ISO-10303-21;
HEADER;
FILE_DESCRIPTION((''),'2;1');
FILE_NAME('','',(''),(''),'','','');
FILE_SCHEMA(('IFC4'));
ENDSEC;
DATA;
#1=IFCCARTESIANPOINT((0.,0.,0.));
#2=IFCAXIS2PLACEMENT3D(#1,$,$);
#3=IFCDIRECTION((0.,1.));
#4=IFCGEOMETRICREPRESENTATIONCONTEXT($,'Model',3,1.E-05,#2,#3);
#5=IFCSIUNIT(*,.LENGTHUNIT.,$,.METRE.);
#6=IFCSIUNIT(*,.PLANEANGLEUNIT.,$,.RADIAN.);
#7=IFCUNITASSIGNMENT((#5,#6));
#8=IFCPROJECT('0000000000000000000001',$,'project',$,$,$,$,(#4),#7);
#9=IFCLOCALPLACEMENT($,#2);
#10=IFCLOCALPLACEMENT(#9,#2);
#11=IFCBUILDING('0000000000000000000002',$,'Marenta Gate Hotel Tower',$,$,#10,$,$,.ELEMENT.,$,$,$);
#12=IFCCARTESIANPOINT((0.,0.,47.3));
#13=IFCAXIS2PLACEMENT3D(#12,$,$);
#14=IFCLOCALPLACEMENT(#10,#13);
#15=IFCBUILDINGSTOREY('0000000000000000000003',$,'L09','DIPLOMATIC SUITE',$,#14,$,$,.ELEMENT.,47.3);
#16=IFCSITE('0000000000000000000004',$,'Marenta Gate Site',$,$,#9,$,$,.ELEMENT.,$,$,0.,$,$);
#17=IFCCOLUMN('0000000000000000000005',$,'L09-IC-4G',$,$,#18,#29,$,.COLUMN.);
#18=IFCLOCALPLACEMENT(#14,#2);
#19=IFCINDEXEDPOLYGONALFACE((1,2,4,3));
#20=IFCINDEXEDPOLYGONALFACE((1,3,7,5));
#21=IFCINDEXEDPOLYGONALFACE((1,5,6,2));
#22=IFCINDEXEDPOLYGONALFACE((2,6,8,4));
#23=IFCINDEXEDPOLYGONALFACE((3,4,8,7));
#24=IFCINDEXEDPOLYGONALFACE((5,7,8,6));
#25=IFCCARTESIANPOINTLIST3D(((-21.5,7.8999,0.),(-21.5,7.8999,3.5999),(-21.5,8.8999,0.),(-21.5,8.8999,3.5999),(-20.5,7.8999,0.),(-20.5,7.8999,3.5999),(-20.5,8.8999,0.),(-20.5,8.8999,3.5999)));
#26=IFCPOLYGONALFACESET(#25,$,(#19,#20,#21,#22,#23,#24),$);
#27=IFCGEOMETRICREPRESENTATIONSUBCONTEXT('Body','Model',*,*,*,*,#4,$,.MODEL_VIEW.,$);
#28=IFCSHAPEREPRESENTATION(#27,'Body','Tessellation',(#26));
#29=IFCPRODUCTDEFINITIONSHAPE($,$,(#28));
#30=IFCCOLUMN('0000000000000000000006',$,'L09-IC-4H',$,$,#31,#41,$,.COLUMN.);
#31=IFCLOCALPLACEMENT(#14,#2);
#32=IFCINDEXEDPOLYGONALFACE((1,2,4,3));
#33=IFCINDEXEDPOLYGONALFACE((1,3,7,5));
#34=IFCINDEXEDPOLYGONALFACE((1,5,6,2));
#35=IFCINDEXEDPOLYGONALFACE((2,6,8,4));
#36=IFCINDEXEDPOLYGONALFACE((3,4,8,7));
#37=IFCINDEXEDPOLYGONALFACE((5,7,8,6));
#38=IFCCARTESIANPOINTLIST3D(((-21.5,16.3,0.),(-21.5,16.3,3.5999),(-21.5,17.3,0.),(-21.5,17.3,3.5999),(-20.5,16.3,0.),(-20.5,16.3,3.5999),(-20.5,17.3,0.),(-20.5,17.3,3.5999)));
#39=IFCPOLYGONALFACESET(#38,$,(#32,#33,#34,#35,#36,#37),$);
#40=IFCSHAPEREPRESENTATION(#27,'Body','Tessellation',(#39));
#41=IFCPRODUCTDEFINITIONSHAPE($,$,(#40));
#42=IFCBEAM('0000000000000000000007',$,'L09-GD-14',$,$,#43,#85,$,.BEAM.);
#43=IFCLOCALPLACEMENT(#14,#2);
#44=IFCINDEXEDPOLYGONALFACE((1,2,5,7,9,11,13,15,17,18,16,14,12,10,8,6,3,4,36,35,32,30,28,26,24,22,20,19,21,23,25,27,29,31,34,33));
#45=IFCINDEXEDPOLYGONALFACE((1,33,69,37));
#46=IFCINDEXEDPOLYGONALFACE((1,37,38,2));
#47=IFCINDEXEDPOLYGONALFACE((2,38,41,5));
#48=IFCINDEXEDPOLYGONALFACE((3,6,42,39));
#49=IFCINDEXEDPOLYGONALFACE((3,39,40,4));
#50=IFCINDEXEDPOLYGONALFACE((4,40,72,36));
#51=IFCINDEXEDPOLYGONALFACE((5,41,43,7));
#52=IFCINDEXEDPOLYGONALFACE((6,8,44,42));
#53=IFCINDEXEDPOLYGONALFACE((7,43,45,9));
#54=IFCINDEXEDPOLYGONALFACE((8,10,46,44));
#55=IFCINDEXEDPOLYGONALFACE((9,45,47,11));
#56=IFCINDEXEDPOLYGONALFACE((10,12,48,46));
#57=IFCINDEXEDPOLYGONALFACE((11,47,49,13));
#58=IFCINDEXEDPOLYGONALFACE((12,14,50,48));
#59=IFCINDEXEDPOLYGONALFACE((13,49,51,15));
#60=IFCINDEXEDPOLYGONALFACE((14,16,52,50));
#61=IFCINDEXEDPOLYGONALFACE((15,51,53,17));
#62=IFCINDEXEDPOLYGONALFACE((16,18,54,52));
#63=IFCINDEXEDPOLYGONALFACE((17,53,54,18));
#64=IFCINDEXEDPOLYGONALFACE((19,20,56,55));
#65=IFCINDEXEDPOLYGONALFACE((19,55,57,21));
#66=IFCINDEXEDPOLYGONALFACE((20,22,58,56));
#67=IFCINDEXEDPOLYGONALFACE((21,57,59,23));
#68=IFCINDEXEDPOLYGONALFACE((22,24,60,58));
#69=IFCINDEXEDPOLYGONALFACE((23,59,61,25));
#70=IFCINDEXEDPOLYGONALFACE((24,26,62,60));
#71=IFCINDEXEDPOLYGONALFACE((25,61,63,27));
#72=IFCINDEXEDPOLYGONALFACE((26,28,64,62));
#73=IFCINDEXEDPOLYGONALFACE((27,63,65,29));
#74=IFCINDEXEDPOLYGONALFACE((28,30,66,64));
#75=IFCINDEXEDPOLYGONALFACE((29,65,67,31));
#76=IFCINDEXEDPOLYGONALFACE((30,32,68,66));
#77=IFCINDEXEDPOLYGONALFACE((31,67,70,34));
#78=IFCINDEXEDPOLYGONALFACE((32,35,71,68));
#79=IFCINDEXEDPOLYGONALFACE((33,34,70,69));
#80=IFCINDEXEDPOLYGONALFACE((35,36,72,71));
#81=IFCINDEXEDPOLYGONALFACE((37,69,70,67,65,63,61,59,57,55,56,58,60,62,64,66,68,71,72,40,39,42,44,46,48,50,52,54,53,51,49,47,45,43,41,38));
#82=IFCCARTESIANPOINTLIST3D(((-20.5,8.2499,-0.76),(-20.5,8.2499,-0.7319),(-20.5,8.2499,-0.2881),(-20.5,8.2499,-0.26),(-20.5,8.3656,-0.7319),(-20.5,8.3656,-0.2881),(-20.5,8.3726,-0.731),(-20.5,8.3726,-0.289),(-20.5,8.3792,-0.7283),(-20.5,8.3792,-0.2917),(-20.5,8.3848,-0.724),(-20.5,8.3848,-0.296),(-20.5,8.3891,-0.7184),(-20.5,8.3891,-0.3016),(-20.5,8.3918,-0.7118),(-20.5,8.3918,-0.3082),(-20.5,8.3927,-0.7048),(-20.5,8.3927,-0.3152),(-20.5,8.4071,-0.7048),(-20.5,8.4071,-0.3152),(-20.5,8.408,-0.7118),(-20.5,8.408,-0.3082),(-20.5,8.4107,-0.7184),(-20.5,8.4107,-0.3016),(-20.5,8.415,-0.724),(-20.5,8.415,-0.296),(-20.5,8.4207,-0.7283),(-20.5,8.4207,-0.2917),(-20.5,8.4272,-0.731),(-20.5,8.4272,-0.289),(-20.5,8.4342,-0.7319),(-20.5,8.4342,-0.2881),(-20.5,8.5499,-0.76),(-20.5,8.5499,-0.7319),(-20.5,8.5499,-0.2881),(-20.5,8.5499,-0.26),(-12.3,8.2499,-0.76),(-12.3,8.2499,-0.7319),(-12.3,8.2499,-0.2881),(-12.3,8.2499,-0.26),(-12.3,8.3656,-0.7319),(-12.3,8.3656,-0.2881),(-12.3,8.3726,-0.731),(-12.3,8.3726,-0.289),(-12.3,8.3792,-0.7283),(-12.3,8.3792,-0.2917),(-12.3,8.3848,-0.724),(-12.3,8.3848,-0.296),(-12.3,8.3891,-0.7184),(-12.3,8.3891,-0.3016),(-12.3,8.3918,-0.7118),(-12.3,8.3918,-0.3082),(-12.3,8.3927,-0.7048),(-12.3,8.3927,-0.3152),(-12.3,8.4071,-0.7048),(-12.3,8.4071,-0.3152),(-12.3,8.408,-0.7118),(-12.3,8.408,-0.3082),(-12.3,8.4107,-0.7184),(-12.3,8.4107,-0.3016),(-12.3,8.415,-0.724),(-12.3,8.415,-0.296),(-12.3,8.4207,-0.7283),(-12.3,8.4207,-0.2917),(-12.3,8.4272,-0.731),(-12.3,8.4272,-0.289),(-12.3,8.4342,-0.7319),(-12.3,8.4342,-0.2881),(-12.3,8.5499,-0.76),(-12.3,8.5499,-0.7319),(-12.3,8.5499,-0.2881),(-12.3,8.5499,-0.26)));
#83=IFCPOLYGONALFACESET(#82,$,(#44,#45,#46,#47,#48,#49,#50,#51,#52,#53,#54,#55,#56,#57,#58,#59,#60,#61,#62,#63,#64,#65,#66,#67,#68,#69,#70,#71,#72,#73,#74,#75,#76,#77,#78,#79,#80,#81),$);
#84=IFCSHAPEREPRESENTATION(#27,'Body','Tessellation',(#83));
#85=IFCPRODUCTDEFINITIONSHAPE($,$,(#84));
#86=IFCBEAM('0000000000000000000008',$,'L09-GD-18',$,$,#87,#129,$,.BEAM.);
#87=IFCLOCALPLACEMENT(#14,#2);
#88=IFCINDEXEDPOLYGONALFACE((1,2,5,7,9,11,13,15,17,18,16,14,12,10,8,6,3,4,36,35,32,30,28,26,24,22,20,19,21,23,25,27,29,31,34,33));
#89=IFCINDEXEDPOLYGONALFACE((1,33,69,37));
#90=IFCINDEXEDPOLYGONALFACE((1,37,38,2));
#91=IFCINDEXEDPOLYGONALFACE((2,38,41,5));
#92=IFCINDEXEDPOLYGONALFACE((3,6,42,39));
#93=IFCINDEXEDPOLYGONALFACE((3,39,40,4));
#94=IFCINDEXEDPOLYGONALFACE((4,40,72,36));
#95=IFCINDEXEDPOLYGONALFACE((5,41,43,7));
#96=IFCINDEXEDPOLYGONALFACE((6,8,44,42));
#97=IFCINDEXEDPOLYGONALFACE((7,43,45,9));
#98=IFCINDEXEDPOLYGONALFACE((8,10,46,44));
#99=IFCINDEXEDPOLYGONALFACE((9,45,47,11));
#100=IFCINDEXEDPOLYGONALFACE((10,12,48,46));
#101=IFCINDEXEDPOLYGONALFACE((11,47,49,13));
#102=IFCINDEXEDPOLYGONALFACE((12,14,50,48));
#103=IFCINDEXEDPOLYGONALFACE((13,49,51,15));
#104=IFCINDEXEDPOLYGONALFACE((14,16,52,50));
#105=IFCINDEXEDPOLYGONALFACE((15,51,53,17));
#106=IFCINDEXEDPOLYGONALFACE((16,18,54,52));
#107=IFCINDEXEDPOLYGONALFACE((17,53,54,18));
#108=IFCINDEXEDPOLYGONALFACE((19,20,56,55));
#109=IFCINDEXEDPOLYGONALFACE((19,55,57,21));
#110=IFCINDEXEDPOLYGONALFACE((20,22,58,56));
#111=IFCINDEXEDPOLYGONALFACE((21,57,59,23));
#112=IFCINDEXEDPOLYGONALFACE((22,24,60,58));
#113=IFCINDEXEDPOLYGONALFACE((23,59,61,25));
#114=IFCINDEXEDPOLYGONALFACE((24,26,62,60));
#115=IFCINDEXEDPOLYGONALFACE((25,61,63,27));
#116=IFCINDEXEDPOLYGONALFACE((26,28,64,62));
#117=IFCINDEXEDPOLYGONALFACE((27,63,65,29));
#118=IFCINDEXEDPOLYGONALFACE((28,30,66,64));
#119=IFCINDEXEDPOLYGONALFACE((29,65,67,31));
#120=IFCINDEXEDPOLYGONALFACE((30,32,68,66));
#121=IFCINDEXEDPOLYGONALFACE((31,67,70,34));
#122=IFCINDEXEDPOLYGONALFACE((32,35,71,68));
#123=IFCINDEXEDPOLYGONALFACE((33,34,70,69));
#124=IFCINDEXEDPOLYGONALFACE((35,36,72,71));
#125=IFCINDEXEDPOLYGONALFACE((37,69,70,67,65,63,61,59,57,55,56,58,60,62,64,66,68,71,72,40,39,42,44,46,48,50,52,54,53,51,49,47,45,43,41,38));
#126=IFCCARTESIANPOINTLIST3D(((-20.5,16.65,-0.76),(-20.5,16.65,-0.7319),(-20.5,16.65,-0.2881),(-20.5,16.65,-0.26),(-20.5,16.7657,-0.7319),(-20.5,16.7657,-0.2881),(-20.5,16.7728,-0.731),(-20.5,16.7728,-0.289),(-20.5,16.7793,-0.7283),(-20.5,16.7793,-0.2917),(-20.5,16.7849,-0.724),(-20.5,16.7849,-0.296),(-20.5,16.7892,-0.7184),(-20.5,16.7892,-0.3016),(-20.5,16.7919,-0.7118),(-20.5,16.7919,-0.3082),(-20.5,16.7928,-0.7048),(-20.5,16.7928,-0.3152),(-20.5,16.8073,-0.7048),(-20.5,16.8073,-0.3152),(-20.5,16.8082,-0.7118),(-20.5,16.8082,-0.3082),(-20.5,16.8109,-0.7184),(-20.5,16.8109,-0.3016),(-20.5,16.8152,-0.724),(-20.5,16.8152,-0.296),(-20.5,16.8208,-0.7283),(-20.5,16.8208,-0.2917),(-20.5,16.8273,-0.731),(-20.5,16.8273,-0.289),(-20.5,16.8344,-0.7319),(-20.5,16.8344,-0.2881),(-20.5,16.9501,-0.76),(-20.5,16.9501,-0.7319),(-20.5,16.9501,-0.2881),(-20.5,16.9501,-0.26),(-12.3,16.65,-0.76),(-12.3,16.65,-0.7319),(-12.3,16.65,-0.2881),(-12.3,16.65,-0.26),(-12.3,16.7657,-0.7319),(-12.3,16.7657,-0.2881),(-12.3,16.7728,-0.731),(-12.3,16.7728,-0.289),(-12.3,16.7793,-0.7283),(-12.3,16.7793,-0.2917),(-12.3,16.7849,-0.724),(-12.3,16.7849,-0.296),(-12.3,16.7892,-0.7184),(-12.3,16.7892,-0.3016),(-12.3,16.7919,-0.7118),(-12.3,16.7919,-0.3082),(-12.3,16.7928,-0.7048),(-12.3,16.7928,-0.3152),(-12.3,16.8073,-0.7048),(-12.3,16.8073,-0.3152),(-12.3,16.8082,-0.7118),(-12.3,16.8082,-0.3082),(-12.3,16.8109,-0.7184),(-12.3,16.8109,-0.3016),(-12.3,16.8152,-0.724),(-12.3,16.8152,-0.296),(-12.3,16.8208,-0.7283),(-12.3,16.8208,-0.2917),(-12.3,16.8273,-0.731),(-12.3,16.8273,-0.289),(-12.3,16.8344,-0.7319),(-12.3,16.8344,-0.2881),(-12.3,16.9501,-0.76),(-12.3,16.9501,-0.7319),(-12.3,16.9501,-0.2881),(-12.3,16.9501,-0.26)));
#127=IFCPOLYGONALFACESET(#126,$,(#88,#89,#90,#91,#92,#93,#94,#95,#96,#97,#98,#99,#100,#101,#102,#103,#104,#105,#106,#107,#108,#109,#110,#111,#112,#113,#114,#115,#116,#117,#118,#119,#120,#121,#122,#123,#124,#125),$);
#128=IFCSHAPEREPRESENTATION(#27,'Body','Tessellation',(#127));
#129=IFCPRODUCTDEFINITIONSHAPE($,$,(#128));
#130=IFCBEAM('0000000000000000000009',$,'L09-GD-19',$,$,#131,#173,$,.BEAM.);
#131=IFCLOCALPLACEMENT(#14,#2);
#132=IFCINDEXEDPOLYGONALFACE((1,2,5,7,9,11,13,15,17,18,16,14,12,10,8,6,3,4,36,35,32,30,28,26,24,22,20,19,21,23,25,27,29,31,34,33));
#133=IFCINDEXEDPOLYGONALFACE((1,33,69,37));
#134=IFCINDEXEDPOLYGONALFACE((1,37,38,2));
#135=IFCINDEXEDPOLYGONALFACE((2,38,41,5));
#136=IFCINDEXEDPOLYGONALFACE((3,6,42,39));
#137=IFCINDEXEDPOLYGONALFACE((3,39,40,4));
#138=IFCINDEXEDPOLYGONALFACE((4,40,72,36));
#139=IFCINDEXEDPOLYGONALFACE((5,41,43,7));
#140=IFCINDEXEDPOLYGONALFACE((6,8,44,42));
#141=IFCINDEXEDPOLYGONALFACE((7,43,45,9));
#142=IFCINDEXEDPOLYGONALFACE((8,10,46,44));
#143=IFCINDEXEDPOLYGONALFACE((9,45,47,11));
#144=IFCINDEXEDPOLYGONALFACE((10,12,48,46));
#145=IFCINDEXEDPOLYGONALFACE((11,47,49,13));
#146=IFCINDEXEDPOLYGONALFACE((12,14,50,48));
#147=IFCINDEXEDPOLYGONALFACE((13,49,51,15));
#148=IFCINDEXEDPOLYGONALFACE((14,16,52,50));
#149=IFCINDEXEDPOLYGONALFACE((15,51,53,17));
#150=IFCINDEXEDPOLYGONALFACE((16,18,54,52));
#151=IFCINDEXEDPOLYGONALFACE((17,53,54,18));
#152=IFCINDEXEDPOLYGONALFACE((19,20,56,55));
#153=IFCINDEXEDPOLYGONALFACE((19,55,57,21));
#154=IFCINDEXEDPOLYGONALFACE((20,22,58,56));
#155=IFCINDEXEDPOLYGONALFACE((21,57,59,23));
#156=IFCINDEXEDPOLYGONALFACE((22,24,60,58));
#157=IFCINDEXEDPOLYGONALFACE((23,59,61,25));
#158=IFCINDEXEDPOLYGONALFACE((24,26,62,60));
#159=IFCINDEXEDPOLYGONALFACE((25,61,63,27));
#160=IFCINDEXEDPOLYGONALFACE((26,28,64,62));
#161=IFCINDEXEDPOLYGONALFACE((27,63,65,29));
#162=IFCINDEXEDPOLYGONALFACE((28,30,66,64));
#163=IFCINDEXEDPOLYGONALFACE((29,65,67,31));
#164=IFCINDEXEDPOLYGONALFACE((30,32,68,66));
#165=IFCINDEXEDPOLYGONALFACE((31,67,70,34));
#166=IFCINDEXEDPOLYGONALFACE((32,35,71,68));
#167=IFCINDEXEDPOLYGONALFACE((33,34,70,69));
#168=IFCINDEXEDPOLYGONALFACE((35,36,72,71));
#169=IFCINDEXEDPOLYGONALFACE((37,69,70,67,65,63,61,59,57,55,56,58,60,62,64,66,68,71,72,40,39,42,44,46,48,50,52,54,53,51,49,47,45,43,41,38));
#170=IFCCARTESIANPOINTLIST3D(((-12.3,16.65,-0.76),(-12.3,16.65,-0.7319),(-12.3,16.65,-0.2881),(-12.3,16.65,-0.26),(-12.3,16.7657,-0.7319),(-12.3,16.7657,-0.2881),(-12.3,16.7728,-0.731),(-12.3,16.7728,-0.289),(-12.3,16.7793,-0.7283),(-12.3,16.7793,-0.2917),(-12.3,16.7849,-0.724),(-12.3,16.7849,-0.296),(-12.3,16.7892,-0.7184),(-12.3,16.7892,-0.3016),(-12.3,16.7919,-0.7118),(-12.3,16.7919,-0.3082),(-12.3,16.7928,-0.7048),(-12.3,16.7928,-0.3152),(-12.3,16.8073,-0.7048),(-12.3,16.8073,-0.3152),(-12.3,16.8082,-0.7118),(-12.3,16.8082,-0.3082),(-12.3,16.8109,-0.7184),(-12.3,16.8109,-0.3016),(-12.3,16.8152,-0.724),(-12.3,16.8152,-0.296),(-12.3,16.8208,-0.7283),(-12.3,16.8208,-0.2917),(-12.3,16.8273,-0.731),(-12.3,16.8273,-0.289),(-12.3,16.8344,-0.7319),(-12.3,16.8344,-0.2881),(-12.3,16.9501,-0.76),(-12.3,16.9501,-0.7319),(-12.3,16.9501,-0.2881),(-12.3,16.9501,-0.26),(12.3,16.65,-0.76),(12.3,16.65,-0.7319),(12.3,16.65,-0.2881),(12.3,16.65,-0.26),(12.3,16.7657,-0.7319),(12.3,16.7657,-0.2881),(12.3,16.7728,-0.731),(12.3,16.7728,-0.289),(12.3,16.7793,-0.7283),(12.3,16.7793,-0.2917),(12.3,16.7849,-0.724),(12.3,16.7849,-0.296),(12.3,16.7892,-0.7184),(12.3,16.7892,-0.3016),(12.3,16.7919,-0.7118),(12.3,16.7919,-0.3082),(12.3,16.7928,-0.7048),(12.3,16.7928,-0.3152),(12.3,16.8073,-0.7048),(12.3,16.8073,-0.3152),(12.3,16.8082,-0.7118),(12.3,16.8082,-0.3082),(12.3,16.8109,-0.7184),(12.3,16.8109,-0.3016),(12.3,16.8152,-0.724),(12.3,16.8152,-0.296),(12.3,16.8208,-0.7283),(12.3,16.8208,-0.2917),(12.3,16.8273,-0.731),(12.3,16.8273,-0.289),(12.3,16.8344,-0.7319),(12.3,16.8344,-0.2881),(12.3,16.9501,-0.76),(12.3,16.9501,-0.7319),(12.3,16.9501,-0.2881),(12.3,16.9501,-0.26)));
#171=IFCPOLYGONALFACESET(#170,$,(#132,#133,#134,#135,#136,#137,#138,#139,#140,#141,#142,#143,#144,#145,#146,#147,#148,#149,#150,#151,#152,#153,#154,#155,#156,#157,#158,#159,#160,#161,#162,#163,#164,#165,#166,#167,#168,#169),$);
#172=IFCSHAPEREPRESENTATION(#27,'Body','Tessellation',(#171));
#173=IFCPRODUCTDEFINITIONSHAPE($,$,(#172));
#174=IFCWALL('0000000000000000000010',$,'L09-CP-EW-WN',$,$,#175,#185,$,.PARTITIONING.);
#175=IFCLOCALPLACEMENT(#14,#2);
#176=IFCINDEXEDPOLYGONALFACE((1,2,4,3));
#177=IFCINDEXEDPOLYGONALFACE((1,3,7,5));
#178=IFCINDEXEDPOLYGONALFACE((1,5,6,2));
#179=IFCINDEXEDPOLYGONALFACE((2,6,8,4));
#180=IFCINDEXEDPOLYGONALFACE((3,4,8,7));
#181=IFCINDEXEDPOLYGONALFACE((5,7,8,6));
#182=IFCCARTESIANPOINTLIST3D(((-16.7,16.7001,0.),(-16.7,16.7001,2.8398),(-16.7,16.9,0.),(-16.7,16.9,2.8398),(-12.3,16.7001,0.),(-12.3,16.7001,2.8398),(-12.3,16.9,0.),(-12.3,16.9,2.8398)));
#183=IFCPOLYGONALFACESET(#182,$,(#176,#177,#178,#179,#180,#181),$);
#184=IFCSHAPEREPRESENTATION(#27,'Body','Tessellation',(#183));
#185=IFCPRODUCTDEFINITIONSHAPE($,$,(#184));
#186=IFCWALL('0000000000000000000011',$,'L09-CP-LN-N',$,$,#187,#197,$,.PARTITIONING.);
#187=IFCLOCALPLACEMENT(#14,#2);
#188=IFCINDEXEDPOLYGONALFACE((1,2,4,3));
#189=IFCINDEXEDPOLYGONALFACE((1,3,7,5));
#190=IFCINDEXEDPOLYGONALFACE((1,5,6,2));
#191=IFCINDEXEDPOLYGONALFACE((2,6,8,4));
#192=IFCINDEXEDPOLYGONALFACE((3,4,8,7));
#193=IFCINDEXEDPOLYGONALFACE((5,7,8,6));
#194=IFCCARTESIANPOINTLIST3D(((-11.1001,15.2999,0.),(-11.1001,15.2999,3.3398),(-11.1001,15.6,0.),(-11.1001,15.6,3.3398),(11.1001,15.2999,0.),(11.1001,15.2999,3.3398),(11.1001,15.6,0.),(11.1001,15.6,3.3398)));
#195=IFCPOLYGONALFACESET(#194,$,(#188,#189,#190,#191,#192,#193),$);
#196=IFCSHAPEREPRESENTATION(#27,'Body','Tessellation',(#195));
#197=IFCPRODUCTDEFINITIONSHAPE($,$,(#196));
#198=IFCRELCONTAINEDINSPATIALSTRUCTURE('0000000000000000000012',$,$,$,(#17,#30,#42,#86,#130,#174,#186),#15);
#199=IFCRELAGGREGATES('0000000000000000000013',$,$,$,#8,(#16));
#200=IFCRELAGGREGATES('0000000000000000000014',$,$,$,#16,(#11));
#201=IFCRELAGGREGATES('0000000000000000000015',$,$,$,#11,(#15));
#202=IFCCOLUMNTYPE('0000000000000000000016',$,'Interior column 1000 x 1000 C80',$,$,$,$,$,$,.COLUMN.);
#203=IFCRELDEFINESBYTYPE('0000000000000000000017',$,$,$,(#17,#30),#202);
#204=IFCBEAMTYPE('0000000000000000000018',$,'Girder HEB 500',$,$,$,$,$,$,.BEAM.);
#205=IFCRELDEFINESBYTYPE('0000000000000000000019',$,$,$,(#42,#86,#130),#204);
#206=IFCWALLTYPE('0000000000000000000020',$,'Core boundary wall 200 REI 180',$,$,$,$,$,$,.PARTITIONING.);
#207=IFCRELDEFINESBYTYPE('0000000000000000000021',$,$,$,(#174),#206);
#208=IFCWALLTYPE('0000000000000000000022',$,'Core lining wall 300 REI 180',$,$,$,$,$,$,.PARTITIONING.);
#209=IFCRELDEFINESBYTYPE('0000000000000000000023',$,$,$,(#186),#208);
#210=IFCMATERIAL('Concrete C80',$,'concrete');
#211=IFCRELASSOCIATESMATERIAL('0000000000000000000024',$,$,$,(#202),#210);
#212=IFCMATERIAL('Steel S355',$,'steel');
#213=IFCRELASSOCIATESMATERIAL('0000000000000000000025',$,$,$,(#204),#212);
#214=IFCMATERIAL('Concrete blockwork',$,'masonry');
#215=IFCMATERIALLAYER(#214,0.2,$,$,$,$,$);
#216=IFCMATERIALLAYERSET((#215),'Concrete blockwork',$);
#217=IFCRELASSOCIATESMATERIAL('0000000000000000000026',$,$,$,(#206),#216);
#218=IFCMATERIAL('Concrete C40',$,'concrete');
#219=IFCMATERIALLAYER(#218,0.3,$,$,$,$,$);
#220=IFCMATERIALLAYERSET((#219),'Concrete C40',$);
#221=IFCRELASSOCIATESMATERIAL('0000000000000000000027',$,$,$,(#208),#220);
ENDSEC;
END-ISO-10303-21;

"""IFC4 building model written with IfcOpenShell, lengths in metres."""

from ifc_helpers import new_model, si_unit, direction, frame, frame_2d, origin, origin_2d, place, context, subcontext, project, spatial, rectangle, i_section, extrude, material, layer, layer_set, material_profile, profile_set, type_object, element, save


model = new_model("IFC4")

# Units and contexts
model_context = context("Model", 3, precision=1e-05, world=origin(), true_north=direction((0.0, 1.0)))
body_context = subcontext(model_context, "Body", "Model", "MODEL_VIEW")
ifc_project = project(units=[si_unit("LENGTHUNIT", "METRE"), si_unit("PLANEANGLEUNIT", "RADIAN")], contexts=[model_context])

# Site, building, storey
site_placement = place(None, origin())
site = spatial("IfcSite", under=ifc_project, at=site_placement, Name="Marenta Gate Site", CompositionType="ELEMENT", RefElevation=0.0)
building_placement = place(site_placement, origin())
building = spatial("IfcBuilding", under=site, at=building_placement, Name="Marenta Gate Hotel Tower", CompositionType="ELEMENT")
storey_placement = place(building_placement, frame((0.0, 0.0, 47.3)))
storey = spatial("IfcBuildingStorey", under=building, at=storey_placement, Name="L09", Description="DIPLOMATIC SUITE", CompositionType="ELEMENT", Elevation=47.3)

# Columns
ifc_material_1 = material(Name="Concrete C80", Category="concrete")
ifc_material_profile_1 = material_profile(ifc_material_1, rectangle(XDim=1.0, YDim=1.0, at=origin_2d()), Name="1000 x 1000")
ifc_profile_set_1 = profile_set([ifc_material_profile_1], Name="Concrete C80")
column_type = type_object("IfcColumnType", Name="Interior column 1000 x 1000 C80", PredefinedType="COLUMN", material=ifc_profile_set_1)
for number, where, z_axis, x_axis, name in (
    (1, (-21.0, 8.3999, 0.0), (0.0, 0.0, 1.0), (1.0, 0.0, 0.0), "L09-IC-4G"),
    (2, (-21.0, 16.8, 0.0), (0.0, 0.0, 1.0), (1.0, 0.0, 0.0), "L09-IC-4H"),
):
    element("IfcColumn", number, at=place(storey_placement, frame(where, z_axis=z_axis, x_axis=x_axis)), inside=storey, type_object=column_type, Name=name, PredefinedType="COLUMN", context=body_context, shape_type="SweptSolid", body=[
        extrude(rectangle(XDim=1.0, YDim=1.0, at=origin_2d()), origin(), (0.0, 0.0, 1.0), 3.5999),
    ])

# Beams
ifc_material_2 = material(Name="Steel S355", Category="steel")
ifc_material_profile_2 = material_profile(ifc_material_2, i_section(OverallWidth=0.3, OverallDepth=0.5, WebThickness=0.0144, FlangeThickness=0.0281, FilletRadius=0.0271, at=origin_2d()), Name="HEB 500")
ifc_profile_set_2 = profile_set([ifc_material_profile_2], Name="Steel S355")
beam_type = type_object("IfcBeamType", Name="Girder HEB 500", PredefinedType="BEAM", material=ifc_profile_set_2)
for number, where, z_axis, x_axis, name in (
    (3, (-20.5, 8.3999, -0.51), (1.0, 0.0, 0.0), (0.0, 1.0, 0.0), "L09-GD-14"),
    (4, (-20.5, 16.8, -0.51), (1.0, 0.0, 0.0), (0.0, 1.0, 0.0), "L09-GD-18"),
):
    element("IfcBeam", number, at=place(storey_placement, frame(where, z_axis=z_axis, x_axis=x_axis)), inside=storey, type_object=beam_type, Name=name, PredefinedType="BEAM", context=body_context, shape_type="SweptSolid", body=[
        extrude(i_section(OverallWidth=0.3, OverallDepth=0.5, WebThickness=0.0144, FlangeThickness=0.0281, FilletRadius=0.0271, at=origin_2d()), origin(), (0.0, 0.0, 1.0), 8.2),
    ])
beam_placement = place(storey_placement, frame((-12.3, 16.8, -0.51), z_axis=(1.0, 0.0, 0.0), x_axis=(0.0, 1.0, 0.0)))
element("IfcBeam", 5, at=beam_placement, inside=storey, type_object=beam_type, Name="L09-GD-19", PredefinedType="BEAM", context=body_context, shape_type="SweptSolid", body=[
    extrude(i_section(OverallWidth=0.3, OverallDepth=0.5, WebThickness=0.0144, FlangeThickness=0.0281, FilletRadius=0.0271, at=origin_2d()), origin(), (0.0, 0.0, 1.0), 24.6001),
])

# Walls
ifc_material_3 = material(Name="Concrete blockwork", Category="masonry")
ifc_layer_1 = layer(ifc_material_3, 0.2)
ifc_layer_set_1 = layer_set([ifc_layer_1], Name="Concrete blockwork")
wall_type_1 = type_object("IfcWallType", Name="Core boundary wall 200 REI 180", PredefinedType="PARTITIONING", material=ifc_layer_set_1)
wall_1_placement = place(storey_placement, frame((-16.7, 16.8, 0.0), z_axis=(0.0, 0.0, 1.0), x_axis=(1.0, 0.0, 0.0)))
element("IfcWall", 6, at=wall_1_placement, inside=storey, type_object=wall_type_1, Name="L09-CP-EW-WN", PredefinedType="PARTITIONING", context=body_context, shape_type="SweptSolid", body=[
    extrude(rectangle(XDim=4.3999, YDim=0.2, at=frame_2d((2.2, 0.0))), origin(), (0.0, 0.0, 1.0), 2.8398),
])
ifc_material_4 = material(Name="Concrete C40", Category="concrete")
ifc_layer_2 = layer(ifc_material_4, 0.3)
ifc_layer_set_2 = layer_set([ifc_layer_2], Name="Concrete C40")
wall_type_2 = type_object("IfcWallType", Name="Core lining wall 300 REI 180", PredefinedType="PARTITIONING", material=ifc_layer_set_2)
wall_2_placement = place(storey_placement, frame((-11.1001, 15.45, 0.0), z_axis=(0.0, 0.0, 1.0), x_axis=(1.0, 0.0, 0.0)))
element("IfcWall", 7, at=wall_2_placement, inside=storey, type_object=wall_type_2, Name="L09-CP-LN-N", PredefinedType="PARTITIONING", context=body_context, shape_type="SweptSolid", body=[
    extrude(rectangle(XDim=22.2002, YDim=0.3, at=frame_2d((11.1001, 0.0))), origin(), (0.0, 0.0, 1.0), 3.3398),
])

save(model, "model.ifc")
